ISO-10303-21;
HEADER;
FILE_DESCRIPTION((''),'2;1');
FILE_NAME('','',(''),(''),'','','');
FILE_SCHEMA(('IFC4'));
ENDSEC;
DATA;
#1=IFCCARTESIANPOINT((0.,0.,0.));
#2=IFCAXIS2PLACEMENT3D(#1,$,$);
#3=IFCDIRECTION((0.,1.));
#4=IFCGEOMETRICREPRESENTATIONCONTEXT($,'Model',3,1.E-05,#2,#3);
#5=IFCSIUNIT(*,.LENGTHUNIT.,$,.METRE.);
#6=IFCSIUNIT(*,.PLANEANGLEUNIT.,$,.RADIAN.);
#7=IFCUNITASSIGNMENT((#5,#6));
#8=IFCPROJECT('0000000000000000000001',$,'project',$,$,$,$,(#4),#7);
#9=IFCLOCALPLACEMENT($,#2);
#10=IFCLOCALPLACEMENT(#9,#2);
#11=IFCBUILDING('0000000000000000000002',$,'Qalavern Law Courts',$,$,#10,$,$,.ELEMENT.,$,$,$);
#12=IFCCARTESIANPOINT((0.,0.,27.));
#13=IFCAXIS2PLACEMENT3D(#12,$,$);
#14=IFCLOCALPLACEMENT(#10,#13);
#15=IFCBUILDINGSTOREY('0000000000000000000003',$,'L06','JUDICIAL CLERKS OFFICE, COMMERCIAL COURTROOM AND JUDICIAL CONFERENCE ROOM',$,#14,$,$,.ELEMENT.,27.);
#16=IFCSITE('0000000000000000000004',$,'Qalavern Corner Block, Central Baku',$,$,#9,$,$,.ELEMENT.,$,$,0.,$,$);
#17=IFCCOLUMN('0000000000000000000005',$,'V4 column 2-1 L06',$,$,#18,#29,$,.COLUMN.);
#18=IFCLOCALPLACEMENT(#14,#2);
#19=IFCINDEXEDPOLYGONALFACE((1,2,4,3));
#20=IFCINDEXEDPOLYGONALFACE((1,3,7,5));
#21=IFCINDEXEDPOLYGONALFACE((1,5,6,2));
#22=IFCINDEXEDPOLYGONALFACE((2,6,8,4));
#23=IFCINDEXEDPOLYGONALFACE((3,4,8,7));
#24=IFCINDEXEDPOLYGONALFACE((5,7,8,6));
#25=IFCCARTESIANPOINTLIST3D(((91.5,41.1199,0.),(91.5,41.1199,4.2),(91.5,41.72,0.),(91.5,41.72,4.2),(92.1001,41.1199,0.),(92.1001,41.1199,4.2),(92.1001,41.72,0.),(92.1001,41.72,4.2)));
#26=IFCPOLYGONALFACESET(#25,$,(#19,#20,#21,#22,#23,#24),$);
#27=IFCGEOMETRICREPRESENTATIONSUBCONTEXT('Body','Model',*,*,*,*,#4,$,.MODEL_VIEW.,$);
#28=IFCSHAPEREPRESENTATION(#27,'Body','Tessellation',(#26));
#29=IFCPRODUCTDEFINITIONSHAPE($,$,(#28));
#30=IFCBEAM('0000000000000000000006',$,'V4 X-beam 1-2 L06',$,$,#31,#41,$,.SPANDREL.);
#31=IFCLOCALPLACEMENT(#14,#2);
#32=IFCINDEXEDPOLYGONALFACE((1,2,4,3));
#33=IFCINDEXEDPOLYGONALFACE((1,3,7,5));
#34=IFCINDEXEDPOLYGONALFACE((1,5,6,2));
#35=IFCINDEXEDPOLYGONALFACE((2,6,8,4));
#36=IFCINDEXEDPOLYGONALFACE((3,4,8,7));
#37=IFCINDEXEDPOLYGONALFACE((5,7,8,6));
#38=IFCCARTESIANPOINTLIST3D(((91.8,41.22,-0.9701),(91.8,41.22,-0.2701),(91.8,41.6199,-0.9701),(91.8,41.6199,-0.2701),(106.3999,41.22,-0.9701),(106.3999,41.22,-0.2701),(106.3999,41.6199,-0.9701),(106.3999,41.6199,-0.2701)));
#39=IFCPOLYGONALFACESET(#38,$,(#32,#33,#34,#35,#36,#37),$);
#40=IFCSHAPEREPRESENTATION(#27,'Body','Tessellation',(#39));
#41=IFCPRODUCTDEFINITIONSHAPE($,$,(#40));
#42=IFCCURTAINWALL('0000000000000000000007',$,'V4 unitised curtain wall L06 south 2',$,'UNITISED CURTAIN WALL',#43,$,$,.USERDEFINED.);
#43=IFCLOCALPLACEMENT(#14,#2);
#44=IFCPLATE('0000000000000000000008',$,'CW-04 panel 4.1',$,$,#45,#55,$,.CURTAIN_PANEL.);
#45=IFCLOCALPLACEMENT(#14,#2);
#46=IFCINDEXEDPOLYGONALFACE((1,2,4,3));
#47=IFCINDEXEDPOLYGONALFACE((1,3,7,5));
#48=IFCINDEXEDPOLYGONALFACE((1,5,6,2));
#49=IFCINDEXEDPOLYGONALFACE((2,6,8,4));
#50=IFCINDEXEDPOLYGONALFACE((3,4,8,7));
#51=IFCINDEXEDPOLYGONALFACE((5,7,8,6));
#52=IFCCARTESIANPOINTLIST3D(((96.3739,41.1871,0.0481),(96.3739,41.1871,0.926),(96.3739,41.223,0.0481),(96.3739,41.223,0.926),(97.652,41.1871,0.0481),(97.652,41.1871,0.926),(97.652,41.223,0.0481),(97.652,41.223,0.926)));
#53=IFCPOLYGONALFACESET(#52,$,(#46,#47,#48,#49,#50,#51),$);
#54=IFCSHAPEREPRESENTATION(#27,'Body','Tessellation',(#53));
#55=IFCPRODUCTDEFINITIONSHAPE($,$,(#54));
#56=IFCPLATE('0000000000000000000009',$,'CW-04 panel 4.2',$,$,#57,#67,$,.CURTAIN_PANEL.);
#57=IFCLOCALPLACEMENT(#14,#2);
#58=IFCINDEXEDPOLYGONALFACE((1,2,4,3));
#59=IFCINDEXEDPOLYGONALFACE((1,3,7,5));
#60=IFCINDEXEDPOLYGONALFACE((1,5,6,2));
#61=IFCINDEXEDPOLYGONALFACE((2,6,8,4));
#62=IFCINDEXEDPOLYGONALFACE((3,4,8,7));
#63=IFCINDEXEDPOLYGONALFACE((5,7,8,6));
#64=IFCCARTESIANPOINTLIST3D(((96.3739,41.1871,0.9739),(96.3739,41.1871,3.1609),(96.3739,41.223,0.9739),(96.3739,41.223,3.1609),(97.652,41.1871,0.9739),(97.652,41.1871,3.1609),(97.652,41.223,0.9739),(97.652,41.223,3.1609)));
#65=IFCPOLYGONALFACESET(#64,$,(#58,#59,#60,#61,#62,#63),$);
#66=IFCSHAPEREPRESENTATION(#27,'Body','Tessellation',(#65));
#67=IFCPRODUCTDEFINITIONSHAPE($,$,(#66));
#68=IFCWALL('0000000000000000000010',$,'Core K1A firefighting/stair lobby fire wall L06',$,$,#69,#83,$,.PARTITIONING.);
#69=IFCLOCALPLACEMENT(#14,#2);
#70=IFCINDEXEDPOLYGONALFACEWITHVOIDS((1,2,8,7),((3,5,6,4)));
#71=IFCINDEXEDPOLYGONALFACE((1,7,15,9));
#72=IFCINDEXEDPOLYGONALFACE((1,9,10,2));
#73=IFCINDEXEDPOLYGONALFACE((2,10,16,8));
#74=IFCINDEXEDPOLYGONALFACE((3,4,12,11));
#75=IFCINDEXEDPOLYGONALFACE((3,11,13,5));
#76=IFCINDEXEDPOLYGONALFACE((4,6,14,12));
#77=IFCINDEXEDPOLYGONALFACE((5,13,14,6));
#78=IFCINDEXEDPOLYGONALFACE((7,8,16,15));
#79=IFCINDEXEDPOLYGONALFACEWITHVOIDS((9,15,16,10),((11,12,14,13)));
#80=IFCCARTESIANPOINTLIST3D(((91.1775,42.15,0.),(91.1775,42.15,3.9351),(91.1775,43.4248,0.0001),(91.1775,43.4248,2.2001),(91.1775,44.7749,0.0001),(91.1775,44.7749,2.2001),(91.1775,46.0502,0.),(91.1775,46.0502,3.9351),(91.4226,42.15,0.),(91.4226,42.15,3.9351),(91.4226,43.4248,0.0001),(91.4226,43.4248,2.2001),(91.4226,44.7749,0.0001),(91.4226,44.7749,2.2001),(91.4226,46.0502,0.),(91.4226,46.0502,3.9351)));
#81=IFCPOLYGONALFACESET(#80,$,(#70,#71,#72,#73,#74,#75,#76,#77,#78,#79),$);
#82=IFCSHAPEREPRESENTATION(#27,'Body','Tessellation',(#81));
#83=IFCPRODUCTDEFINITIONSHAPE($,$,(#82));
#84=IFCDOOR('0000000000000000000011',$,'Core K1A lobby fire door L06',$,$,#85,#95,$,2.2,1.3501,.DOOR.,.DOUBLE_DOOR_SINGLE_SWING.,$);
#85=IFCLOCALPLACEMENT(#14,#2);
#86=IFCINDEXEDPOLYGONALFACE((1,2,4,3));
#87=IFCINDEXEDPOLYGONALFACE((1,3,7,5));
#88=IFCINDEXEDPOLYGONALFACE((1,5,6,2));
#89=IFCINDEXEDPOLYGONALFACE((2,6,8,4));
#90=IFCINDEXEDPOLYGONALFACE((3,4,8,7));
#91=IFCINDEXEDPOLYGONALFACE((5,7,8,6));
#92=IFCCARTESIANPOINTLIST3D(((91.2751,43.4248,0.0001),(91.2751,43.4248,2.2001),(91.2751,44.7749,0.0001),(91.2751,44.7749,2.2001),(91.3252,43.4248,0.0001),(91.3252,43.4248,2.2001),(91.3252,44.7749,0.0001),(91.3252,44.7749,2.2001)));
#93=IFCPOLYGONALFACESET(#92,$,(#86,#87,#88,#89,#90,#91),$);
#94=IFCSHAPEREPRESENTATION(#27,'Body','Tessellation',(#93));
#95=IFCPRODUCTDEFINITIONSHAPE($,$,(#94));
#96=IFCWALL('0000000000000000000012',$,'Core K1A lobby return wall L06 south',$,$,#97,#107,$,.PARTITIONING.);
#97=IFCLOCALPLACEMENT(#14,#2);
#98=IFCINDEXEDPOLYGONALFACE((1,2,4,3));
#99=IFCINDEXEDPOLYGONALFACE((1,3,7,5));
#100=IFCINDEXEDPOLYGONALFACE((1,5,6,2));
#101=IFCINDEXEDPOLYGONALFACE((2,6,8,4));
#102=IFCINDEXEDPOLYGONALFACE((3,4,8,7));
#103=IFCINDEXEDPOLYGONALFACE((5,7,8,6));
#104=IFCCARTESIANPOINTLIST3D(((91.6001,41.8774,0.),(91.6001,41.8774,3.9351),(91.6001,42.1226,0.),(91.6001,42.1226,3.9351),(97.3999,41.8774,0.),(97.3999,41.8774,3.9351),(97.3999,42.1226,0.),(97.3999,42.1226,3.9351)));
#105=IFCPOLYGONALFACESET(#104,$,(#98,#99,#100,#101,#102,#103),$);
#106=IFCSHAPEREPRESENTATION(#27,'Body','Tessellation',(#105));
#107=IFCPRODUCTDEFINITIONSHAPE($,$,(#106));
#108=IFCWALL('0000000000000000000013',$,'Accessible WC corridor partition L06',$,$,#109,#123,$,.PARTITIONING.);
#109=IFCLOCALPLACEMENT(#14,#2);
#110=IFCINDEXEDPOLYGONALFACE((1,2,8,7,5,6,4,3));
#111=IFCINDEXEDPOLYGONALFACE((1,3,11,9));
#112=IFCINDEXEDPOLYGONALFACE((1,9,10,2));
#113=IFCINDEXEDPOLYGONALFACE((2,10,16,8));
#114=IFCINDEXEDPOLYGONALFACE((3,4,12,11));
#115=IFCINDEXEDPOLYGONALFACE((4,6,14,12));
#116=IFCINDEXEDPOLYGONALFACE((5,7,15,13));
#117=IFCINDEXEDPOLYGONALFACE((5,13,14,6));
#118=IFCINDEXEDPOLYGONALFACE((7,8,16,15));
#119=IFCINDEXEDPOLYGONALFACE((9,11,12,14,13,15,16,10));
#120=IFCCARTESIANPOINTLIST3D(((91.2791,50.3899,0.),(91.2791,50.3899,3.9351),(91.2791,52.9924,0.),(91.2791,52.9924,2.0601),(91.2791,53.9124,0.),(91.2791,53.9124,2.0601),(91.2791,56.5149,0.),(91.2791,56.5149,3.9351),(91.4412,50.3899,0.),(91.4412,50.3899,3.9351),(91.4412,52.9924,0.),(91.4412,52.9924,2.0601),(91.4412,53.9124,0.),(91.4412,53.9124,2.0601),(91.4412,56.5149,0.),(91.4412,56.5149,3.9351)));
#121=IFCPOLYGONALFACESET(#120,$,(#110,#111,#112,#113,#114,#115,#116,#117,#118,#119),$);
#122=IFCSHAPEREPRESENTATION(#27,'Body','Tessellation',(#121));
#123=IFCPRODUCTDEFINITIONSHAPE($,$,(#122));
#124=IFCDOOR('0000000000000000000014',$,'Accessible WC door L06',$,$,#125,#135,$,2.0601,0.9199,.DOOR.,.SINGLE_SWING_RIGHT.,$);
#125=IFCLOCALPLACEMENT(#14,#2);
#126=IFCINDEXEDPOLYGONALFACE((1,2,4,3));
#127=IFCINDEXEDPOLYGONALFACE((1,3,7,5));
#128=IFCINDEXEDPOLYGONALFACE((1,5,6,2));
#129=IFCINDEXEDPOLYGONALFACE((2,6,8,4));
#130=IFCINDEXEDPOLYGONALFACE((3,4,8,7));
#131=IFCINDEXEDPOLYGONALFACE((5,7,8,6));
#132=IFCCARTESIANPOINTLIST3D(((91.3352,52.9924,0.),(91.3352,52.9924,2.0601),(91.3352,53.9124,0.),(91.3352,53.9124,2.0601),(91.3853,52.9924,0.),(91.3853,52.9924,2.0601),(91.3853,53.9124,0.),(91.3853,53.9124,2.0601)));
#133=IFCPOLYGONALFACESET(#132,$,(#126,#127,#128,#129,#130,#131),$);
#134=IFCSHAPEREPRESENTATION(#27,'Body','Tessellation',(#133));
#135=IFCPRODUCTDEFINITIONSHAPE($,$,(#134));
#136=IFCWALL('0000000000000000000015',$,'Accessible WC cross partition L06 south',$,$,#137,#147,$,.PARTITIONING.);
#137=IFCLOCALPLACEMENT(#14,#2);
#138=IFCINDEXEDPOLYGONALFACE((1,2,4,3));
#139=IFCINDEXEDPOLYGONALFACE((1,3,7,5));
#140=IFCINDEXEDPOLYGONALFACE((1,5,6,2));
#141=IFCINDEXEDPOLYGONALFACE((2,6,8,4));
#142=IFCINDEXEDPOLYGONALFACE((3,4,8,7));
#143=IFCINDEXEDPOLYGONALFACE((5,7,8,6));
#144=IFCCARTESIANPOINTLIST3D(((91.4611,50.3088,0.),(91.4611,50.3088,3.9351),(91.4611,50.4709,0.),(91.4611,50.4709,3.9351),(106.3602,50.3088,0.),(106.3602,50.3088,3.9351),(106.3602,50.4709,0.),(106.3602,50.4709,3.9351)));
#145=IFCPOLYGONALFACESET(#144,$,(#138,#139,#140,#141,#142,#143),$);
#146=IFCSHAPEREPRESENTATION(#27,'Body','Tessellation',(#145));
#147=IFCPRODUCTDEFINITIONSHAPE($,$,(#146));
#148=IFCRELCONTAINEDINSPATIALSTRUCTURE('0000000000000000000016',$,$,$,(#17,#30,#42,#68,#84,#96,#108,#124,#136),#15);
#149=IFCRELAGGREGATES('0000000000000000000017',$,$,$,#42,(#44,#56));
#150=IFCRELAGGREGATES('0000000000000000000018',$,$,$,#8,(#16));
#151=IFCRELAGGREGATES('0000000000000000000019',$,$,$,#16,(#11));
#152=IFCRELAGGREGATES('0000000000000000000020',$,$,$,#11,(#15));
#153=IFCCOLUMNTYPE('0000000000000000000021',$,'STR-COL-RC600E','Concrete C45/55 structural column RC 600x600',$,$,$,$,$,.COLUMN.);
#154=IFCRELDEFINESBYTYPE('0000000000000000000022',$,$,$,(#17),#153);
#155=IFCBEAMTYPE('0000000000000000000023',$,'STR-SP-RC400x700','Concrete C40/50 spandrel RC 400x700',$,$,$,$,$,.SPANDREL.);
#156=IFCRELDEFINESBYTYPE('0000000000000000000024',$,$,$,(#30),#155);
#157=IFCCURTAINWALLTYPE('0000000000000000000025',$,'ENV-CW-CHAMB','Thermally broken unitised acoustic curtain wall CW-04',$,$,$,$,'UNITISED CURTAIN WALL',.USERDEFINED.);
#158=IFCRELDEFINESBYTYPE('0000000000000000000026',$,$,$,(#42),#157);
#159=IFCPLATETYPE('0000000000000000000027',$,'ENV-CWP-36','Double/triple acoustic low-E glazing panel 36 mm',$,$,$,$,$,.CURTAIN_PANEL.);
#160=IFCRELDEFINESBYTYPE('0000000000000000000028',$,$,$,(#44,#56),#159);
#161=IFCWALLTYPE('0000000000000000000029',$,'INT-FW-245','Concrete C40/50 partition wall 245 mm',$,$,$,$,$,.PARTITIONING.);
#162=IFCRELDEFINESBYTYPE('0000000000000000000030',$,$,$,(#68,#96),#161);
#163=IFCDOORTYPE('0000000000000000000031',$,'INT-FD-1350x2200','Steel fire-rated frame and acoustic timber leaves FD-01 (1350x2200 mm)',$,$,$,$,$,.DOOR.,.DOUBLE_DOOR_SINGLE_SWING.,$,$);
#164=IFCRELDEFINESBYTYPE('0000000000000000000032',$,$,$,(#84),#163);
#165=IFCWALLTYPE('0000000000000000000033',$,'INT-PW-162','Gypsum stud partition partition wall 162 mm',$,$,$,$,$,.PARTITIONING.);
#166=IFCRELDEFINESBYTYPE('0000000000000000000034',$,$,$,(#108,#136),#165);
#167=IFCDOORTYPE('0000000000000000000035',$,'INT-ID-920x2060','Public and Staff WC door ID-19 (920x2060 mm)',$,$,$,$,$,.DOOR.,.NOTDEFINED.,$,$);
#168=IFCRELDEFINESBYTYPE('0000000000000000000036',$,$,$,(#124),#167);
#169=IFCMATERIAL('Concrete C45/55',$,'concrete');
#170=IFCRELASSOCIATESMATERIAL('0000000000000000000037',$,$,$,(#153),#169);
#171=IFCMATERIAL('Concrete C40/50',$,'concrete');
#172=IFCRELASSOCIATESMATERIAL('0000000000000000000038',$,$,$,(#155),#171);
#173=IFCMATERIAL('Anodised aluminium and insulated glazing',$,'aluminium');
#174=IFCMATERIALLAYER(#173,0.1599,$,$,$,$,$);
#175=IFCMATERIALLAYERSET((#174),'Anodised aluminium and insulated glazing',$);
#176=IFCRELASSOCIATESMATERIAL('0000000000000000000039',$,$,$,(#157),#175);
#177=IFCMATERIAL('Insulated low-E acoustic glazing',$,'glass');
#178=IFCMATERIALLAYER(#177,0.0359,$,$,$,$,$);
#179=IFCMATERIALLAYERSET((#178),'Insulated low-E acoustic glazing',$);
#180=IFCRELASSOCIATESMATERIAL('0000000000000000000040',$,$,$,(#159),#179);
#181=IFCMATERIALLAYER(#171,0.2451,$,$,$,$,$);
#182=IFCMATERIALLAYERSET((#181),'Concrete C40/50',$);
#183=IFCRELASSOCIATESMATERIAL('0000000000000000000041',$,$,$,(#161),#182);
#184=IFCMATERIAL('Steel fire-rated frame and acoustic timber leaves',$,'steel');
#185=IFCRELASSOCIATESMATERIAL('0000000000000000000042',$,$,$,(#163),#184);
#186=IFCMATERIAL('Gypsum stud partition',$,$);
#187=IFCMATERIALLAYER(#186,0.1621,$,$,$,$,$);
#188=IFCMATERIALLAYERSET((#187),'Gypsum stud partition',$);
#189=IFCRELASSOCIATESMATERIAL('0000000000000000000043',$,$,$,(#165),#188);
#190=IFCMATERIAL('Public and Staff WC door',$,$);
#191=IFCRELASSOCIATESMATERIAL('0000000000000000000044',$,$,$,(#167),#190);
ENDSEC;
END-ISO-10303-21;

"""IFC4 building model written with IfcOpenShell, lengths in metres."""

from ifc_helpers import new_model, si_unit, direction, frame, frame_2d, origin, origin_2d, place, context, subcontext, project, spatial, rectangle, extrude, material, layer, layer_set, material_profile, profile_set, type_object, element, fill, aggregate, save


model = new_model("IFC4")

# Units and contexts
model_context = context("Model", 3, precision=1e-05, world=origin(), true_north=direction((0.0, 1.0)))
body_context = subcontext(model_context, "Body", "Model", "MODEL_VIEW")
ifc_project = project(units=[si_unit("LENGTHUNIT", "METRE"), si_unit("PLANEANGLEUNIT", "RADIAN")], contexts=[model_context])

# Site, building, storey
site_placement = place(None, origin())
site = spatial("IfcSite", under=ifc_project, at=site_placement, Name="Qalavern Corner Block, Central Baku", CompositionType="ELEMENT", RefElevation=0.0)
building_placement = place(site_placement, origin())
building = spatial("IfcBuilding", under=site, at=building_placement, Name="Qalavern Law Courts", CompositionType="ELEMENT")
storey_placement = place(building_placement, frame((0.0, 0.0, 27.0)))
storey = spatial("IfcBuildingStorey", under=building, at=storey_placement, Name="L06", Description="JUDICIAL CLERKS OFFICE, COMMERCIAL COURTROOM AND JUDICIAL CONFERENCE ROOM", CompositionType="ELEMENT", Elevation=27.0)

# Column
ifc_material_1 = material(Name="Concrete C45/55", Category="concrete")
ifc_material_profile_1 = material_profile(ifc_material_1, rectangle(XDim=0.6001, YDim=0.6001, at=origin_2d()), Name="RC 600x600")
ifc_profile_set_1 = profile_set([ifc_material_profile_1], Name="Concrete C45/55")
column_type = type_object("IfcColumnType", Name="STR-COL-RC600E", Description="Concrete C45/55 structural column RC 600x600", PredefinedType="COLUMN", material=ifc_profile_set_1)
column_placement = place(storey_placement, frame((91.8, 41.4199, 0.0), z_axis=(0.0, 0.0, 1.0), x_axis=(1.0, 0.0, 0.0)))
element("IfcColumn", 1, at=column_placement, inside=storey, type_object=column_type, Name="V4 column 2-1 L06", PredefinedType="COLUMN", context=body_context, shape_type="SweptSolid", body=[
    extrude(rectangle(XDim=0.6001, YDim=0.6001, at=origin_2d()), origin(), (0.0, 0.0, 1.0), 4.2),
])

# Beam
ifc_material_2 = material(Name="Concrete C40/50", Category="concrete")
ifc_material_profile_2 = material_profile(ifc_material_2, rectangle(XDim=0.3999, YDim=0.7, at=origin_2d()), Name="RC 400x700")
ifc_profile_set_2 = profile_set([ifc_material_profile_2], Name="Concrete C40/50")
beam_type = type_object("IfcBeamType", Name="STR-SP-RC400x700", Description="Concrete C40/50 spandrel RC 400x700", PredefinedType="SPANDREL", material=ifc_profile_set_2)
beam_placement = place(storey_placement, frame((91.8, 41.4199, -0.6201), z_axis=(1.0, 0.0, 0.0), x_axis=(0.0, 1.0, 0.0)))
element("IfcBeam", 2, at=beam_placement, inside=storey, type_object=beam_type, Name="V4 X-beam 1-2 L06", PredefinedType="SPANDREL", context=body_context, shape_type="SweptSolid", body=[
    extrude(rectangle(XDim=0.3999, YDim=0.7, at=origin_2d()), origin(), (0.0, 0.0, 1.0), 14.5999),
])

# Curtain wall, plates
ifc_material_3 = material(Name="Anodised aluminium and insulated glazing", Category="aluminium")
ifc_layer_1 = layer(ifc_material_3, 0.1599)
ifc_layer_set_1 = layer_set([ifc_layer_1], Name="Anodised aluminium and insulated glazing")
curtain_wall_type = type_object("IfcCurtainWallType", Name="ENV-CW-CHAMB", Description="Thermally broken unitised acoustic curtain wall CW-04", ElementType="UNITISED CURTAIN WALL", PredefinedType="USERDEFINED", material=ifc_layer_set_1)
curtain_wall_placement = place(storey_placement, origin())
curtain_wall = element("IfcCurtainWall", 3, at=curtain_wall_placement, inside=storey, type_object=curtain_wall_type, Name="V4 unitised curtain wall L06 south 2", ObjectType="UNITISED CURTAIN WALL", PredefinedType="USERDEFINED")
ifc_material_4 = material(Name="Insulated low-E acoustic glazing", Category="glass")
ifc_layer_2 = layer(ifc_material_4, 0.0359)
ifc_layer_set_2 = layer_set([ifc_layer_2], Name="Insulated low-E acoustic glazing")
plate_type = type_object("IfcPlateType", Name="ENV-CWP-36", Description="Double/triple acoustic low-E glazing panel 36 mm", PredefinedType="CURTAIN_PANEL", material=ifc_layer_set_2)
plate_1_placement = place(storey_placement, frame((97.0129, 41.2051, 0.0481), z_axis=(0.0, 0.0, 1.0), x_axis=(1.0, 0.0, 0.0)))
plate_1 = element("IfcPlate", 4, at=plate_1_placement, type_object=plate_type, Name="CW-04 panel 4.1", PredefinedType="CURTAIN_PANEL", context=body_context, shape_type="SweptSolid", body=[
    extrude(rectangle(XDim=1.2781, YDim=0.0359, at=origin_2d()), origin(), (0.0, 0.0, 1.0), 0.8779),
])
plate_2_placement = place(storey_placement, frame((97.0129, 41.2051, 0.9739), z_axis=(0.0, 0.0, 1.0), x_axis=(1.0, 0.0, 0.0)))
plate_2 = element("IfcPlate", 5, at=plate_2_placement, type_object=plate_type, Name="CW-04 panel 4.2", PredefinedType="CURTAIN_PANEL", context=body_context, shape_type="SweptSolid", body=[
    extrude(rectangle(XDim=1.2781, YDim=0.0359, at=origin_2d()), origin(), (0.0, 0.0, 1.0), 2.187),
])
aggregate(curtain_wall, [plate_1, plate_2])

# Wall, opening, door
ifc_layer_3 = layer(ifc_material_2, 0.2451)
ifc_layer_set_3 = layer_set([ifc_layer_3], Name="Concrete C40/50")
wall_type_1 = type_object("IfcWallType", Name="INT-FW-245", Description="Concrete C40/50 partition wall 245 mm", PredefinedType="PARTITIONING", material=ifc_layer_set_3)
wall_1_placement = place(storey_placement, frame((91.3, 42.1499, 0.0), z_axis=(0.0, 0.0, 1.0), x_axis=(0.0, 1.0, 0.0)))
wall_1 = element("IfcWall", 6, at=wall_1_placement, inside=storey, type_object=wall_type_1, Name="Core K1A firefighting/stair lobby fire wall L06", PredefinedType="PARTITIONING", context=body_context, shape_type="SweptSolid", body=[
    extrude(rectangle(XDim=3.9001, YDim=0.2451, at=frame_2d((1.9502, 0.0))), origin(), (0.0, 0.0, 1.0), 3.9351),
])
opening_1_placement = place(wall_1_placement, frame((1.2749, 0.0, 0.0)))
opening_1 = element("IfcOpeningElement", 7, at=opening_1_placement, cuts=wall_1, PredefinedType="OPENING", context=body_context, shape_type="SweptSolid", body=[
    extrude(rectangle(XDim=1.3501, YDim=2.2, at=frame_2d((0.675, 1.1001))), frame((0.0, 0.1375, 0.0), z_axis=(0.0, -1.0, 0.0), x_axis=(1.0, 0.0, 0.0)), (0.0, 0.0, 1.0), 0.2749),
])
ifc_material_5 = material(Name="Steel fire-rated frame and acoustic timber leaves", Category="steel")
door_type_1 = type_object("IfcDoorType", Name="INT-FD-1350x2200", Description="Steel fire-rated frame and acoustic timber leaves FD-01 (1350x2200 mm)", OperationType="DOUBLE_DOOR_SINGLE_SWING", PredefinedType="DOOR", material=ifc_material_5)
door_1_placement = place(opening_1_placement, origin())
door_1 = element("IfcDoor", 8, at=door_1_placement, inside=storey, type_object=door_type_1, Name="Core K1A lobby fire door L06", OperationType="DOUBLE_DOOR_SINGLE_SWING", OverallHeight=2.2, OverallWidth=1.3501, PredefinedType="DOOR", context=body_context, shape_type="SweptSolid", body=[
    extrude(rectangle(XDim=1.3501, YDim=2.2, at=frame_2d((0.675, 1.1001))), frame((0.0, 0.0249, 0.0), z_axis=(0.0, -1.0, 0.0), x_axis=(1.0, 0.0, 0.0)), (0.0, 0.0, 1.0), 0.05),
])
fill(opening_1, door_1)

# Wall
wall_2_placement = place(storey_placement, frame((91.6001, 42.0, 0.0), z_axis=(0.0, 0.0, 1.0), x_axis=(1.0, 0.0, 0.0)))
element("IfcWall", 9, at=wall_2_placement, inside=storey, type_object=wall_type_1, Name="Core K1A lobby return wall L06 south", PredefinedType="PARTITIONING", context=body_context, shape_type="SweptSolid", body=[
    extrude(rectangle(XDim=5.7998, YDim=0.2451, at=frame_2d((2.8999, 0.0))), origin(), (0.0, 0.0, 1.0), 3.9351),
])

# Wall, opening, door
ifc_material_6 = material(Name="Gypsum stud partition")
ifc_layer_4 = layer(ifc_material_6, 0.1621)
ifc_layer_set_4 = layer_set([ifc_layer_4], Name="Gypsum stud partition")
wall_type_2 = type_object("IfcWallType", Name="INT-PW-162", Description="Gypsum stud partition partition wall 162 mm", PredefinedType="PARTITIONING", material=ifc_layer_set_4)
wall_3_placement = place(storey_placement, frame((91.3601, 50.3899, 0.0), z_axis=(0.0, 0.0, 1.0), x_axis=(0.0, 1.0, 0.0)))
wall_3 = element("IfcWall", 10, at=wall_3_placement, inside=storey, type_object=wall_type_2, Name="Accessible WC corridor partition L06", PredefinedType="PARTITIONING", context=body_context, shape_type="SweptSolid", body=[
    extrude(rectangle(XDim=6.125, YDim=0.1621, at=frame_2d((3.0625, 0.0))), origin(), (0.0, 0.0, 1.0), 3.9351),
])
opening_2_placement = place(wall_3_placement, frame((2.6025, 0.0, 0.0)))
opening_2 = element("IfcOpeningElement", 11, at=opening_2_placement, cuts=wall_3, PredefinedType="OPENING", context=body_context, shape_type="SweptSolid", body=[
    extrude(rectangle(XDim=0.9199, YDim=2.0601, at=frame_2d((0.46, 1.03))), frame((0.0, 0.0959, 0.0), z_axis=(0.0, -1.0, 0.0), x_axis=(1.0, 0.0, 0.0)), (0.0, 0.0, 1.0), 0.1919),
])
ifc_material_7 = material(Name="Public and Staff WC door")
door_type_2 = type_object("IfcDoorType", Name="INT-ID-920x2060", Description="Public and Staff WC door ID-19 (920x2060 mm)", OperationType="NOTDEFINED", PredefinedType="DOOR", material=ifc_material_7)
door_2_placement = place(opening_2_placement, origin())
door_2 = element("IfcDoor", 12, at=door_2_placement, inside=storey, type_object=door_type_2, Name="Accessible WC door L06", OperationType="SINGLE_SWING_RIGHT", OverallHeight=2.0601, OverallWidth=0.9199, PredefinedType="DOOR", context=body_context, shape_type="SweptSolid", body=[
    extrude(rectangle(XDim=0.9199, YDim=2.0601, at=frame_2d((0.46, 1.03))), frame((0.0, 0.0249, 0.0), z_axis=(0.0, -1.0, 0.0), x_axis=(1.0, 0.0, 0.0)), (0.0, 0.0, 1.0), 0.05),
])
fill(opening_2, door_2)

# Wall
wall_4_placement = place(storey_placement, frame((91.4609, 50.3899, 0.0), z_axis=(0.0, 0.0, 1.0), x_axis=(1.0, 0.0, 0.0)))
element("IfcWall", 13, at=wall_4_placement, inside=storey, type_object=wall_type_2, Name="Accessible WC cross partition L06 south", PredefinedType="PARTITIONING", context=body_context, shape_type="SweptSolid", body=[
    extrude(rectangle(XDim=14.8992, YDim=0.1621, at=frame_2d((7.4497, 0.0))), origin(), (0.0, 0.0, 1.0), 3.9351),
])

save(model, "model.ifc")
